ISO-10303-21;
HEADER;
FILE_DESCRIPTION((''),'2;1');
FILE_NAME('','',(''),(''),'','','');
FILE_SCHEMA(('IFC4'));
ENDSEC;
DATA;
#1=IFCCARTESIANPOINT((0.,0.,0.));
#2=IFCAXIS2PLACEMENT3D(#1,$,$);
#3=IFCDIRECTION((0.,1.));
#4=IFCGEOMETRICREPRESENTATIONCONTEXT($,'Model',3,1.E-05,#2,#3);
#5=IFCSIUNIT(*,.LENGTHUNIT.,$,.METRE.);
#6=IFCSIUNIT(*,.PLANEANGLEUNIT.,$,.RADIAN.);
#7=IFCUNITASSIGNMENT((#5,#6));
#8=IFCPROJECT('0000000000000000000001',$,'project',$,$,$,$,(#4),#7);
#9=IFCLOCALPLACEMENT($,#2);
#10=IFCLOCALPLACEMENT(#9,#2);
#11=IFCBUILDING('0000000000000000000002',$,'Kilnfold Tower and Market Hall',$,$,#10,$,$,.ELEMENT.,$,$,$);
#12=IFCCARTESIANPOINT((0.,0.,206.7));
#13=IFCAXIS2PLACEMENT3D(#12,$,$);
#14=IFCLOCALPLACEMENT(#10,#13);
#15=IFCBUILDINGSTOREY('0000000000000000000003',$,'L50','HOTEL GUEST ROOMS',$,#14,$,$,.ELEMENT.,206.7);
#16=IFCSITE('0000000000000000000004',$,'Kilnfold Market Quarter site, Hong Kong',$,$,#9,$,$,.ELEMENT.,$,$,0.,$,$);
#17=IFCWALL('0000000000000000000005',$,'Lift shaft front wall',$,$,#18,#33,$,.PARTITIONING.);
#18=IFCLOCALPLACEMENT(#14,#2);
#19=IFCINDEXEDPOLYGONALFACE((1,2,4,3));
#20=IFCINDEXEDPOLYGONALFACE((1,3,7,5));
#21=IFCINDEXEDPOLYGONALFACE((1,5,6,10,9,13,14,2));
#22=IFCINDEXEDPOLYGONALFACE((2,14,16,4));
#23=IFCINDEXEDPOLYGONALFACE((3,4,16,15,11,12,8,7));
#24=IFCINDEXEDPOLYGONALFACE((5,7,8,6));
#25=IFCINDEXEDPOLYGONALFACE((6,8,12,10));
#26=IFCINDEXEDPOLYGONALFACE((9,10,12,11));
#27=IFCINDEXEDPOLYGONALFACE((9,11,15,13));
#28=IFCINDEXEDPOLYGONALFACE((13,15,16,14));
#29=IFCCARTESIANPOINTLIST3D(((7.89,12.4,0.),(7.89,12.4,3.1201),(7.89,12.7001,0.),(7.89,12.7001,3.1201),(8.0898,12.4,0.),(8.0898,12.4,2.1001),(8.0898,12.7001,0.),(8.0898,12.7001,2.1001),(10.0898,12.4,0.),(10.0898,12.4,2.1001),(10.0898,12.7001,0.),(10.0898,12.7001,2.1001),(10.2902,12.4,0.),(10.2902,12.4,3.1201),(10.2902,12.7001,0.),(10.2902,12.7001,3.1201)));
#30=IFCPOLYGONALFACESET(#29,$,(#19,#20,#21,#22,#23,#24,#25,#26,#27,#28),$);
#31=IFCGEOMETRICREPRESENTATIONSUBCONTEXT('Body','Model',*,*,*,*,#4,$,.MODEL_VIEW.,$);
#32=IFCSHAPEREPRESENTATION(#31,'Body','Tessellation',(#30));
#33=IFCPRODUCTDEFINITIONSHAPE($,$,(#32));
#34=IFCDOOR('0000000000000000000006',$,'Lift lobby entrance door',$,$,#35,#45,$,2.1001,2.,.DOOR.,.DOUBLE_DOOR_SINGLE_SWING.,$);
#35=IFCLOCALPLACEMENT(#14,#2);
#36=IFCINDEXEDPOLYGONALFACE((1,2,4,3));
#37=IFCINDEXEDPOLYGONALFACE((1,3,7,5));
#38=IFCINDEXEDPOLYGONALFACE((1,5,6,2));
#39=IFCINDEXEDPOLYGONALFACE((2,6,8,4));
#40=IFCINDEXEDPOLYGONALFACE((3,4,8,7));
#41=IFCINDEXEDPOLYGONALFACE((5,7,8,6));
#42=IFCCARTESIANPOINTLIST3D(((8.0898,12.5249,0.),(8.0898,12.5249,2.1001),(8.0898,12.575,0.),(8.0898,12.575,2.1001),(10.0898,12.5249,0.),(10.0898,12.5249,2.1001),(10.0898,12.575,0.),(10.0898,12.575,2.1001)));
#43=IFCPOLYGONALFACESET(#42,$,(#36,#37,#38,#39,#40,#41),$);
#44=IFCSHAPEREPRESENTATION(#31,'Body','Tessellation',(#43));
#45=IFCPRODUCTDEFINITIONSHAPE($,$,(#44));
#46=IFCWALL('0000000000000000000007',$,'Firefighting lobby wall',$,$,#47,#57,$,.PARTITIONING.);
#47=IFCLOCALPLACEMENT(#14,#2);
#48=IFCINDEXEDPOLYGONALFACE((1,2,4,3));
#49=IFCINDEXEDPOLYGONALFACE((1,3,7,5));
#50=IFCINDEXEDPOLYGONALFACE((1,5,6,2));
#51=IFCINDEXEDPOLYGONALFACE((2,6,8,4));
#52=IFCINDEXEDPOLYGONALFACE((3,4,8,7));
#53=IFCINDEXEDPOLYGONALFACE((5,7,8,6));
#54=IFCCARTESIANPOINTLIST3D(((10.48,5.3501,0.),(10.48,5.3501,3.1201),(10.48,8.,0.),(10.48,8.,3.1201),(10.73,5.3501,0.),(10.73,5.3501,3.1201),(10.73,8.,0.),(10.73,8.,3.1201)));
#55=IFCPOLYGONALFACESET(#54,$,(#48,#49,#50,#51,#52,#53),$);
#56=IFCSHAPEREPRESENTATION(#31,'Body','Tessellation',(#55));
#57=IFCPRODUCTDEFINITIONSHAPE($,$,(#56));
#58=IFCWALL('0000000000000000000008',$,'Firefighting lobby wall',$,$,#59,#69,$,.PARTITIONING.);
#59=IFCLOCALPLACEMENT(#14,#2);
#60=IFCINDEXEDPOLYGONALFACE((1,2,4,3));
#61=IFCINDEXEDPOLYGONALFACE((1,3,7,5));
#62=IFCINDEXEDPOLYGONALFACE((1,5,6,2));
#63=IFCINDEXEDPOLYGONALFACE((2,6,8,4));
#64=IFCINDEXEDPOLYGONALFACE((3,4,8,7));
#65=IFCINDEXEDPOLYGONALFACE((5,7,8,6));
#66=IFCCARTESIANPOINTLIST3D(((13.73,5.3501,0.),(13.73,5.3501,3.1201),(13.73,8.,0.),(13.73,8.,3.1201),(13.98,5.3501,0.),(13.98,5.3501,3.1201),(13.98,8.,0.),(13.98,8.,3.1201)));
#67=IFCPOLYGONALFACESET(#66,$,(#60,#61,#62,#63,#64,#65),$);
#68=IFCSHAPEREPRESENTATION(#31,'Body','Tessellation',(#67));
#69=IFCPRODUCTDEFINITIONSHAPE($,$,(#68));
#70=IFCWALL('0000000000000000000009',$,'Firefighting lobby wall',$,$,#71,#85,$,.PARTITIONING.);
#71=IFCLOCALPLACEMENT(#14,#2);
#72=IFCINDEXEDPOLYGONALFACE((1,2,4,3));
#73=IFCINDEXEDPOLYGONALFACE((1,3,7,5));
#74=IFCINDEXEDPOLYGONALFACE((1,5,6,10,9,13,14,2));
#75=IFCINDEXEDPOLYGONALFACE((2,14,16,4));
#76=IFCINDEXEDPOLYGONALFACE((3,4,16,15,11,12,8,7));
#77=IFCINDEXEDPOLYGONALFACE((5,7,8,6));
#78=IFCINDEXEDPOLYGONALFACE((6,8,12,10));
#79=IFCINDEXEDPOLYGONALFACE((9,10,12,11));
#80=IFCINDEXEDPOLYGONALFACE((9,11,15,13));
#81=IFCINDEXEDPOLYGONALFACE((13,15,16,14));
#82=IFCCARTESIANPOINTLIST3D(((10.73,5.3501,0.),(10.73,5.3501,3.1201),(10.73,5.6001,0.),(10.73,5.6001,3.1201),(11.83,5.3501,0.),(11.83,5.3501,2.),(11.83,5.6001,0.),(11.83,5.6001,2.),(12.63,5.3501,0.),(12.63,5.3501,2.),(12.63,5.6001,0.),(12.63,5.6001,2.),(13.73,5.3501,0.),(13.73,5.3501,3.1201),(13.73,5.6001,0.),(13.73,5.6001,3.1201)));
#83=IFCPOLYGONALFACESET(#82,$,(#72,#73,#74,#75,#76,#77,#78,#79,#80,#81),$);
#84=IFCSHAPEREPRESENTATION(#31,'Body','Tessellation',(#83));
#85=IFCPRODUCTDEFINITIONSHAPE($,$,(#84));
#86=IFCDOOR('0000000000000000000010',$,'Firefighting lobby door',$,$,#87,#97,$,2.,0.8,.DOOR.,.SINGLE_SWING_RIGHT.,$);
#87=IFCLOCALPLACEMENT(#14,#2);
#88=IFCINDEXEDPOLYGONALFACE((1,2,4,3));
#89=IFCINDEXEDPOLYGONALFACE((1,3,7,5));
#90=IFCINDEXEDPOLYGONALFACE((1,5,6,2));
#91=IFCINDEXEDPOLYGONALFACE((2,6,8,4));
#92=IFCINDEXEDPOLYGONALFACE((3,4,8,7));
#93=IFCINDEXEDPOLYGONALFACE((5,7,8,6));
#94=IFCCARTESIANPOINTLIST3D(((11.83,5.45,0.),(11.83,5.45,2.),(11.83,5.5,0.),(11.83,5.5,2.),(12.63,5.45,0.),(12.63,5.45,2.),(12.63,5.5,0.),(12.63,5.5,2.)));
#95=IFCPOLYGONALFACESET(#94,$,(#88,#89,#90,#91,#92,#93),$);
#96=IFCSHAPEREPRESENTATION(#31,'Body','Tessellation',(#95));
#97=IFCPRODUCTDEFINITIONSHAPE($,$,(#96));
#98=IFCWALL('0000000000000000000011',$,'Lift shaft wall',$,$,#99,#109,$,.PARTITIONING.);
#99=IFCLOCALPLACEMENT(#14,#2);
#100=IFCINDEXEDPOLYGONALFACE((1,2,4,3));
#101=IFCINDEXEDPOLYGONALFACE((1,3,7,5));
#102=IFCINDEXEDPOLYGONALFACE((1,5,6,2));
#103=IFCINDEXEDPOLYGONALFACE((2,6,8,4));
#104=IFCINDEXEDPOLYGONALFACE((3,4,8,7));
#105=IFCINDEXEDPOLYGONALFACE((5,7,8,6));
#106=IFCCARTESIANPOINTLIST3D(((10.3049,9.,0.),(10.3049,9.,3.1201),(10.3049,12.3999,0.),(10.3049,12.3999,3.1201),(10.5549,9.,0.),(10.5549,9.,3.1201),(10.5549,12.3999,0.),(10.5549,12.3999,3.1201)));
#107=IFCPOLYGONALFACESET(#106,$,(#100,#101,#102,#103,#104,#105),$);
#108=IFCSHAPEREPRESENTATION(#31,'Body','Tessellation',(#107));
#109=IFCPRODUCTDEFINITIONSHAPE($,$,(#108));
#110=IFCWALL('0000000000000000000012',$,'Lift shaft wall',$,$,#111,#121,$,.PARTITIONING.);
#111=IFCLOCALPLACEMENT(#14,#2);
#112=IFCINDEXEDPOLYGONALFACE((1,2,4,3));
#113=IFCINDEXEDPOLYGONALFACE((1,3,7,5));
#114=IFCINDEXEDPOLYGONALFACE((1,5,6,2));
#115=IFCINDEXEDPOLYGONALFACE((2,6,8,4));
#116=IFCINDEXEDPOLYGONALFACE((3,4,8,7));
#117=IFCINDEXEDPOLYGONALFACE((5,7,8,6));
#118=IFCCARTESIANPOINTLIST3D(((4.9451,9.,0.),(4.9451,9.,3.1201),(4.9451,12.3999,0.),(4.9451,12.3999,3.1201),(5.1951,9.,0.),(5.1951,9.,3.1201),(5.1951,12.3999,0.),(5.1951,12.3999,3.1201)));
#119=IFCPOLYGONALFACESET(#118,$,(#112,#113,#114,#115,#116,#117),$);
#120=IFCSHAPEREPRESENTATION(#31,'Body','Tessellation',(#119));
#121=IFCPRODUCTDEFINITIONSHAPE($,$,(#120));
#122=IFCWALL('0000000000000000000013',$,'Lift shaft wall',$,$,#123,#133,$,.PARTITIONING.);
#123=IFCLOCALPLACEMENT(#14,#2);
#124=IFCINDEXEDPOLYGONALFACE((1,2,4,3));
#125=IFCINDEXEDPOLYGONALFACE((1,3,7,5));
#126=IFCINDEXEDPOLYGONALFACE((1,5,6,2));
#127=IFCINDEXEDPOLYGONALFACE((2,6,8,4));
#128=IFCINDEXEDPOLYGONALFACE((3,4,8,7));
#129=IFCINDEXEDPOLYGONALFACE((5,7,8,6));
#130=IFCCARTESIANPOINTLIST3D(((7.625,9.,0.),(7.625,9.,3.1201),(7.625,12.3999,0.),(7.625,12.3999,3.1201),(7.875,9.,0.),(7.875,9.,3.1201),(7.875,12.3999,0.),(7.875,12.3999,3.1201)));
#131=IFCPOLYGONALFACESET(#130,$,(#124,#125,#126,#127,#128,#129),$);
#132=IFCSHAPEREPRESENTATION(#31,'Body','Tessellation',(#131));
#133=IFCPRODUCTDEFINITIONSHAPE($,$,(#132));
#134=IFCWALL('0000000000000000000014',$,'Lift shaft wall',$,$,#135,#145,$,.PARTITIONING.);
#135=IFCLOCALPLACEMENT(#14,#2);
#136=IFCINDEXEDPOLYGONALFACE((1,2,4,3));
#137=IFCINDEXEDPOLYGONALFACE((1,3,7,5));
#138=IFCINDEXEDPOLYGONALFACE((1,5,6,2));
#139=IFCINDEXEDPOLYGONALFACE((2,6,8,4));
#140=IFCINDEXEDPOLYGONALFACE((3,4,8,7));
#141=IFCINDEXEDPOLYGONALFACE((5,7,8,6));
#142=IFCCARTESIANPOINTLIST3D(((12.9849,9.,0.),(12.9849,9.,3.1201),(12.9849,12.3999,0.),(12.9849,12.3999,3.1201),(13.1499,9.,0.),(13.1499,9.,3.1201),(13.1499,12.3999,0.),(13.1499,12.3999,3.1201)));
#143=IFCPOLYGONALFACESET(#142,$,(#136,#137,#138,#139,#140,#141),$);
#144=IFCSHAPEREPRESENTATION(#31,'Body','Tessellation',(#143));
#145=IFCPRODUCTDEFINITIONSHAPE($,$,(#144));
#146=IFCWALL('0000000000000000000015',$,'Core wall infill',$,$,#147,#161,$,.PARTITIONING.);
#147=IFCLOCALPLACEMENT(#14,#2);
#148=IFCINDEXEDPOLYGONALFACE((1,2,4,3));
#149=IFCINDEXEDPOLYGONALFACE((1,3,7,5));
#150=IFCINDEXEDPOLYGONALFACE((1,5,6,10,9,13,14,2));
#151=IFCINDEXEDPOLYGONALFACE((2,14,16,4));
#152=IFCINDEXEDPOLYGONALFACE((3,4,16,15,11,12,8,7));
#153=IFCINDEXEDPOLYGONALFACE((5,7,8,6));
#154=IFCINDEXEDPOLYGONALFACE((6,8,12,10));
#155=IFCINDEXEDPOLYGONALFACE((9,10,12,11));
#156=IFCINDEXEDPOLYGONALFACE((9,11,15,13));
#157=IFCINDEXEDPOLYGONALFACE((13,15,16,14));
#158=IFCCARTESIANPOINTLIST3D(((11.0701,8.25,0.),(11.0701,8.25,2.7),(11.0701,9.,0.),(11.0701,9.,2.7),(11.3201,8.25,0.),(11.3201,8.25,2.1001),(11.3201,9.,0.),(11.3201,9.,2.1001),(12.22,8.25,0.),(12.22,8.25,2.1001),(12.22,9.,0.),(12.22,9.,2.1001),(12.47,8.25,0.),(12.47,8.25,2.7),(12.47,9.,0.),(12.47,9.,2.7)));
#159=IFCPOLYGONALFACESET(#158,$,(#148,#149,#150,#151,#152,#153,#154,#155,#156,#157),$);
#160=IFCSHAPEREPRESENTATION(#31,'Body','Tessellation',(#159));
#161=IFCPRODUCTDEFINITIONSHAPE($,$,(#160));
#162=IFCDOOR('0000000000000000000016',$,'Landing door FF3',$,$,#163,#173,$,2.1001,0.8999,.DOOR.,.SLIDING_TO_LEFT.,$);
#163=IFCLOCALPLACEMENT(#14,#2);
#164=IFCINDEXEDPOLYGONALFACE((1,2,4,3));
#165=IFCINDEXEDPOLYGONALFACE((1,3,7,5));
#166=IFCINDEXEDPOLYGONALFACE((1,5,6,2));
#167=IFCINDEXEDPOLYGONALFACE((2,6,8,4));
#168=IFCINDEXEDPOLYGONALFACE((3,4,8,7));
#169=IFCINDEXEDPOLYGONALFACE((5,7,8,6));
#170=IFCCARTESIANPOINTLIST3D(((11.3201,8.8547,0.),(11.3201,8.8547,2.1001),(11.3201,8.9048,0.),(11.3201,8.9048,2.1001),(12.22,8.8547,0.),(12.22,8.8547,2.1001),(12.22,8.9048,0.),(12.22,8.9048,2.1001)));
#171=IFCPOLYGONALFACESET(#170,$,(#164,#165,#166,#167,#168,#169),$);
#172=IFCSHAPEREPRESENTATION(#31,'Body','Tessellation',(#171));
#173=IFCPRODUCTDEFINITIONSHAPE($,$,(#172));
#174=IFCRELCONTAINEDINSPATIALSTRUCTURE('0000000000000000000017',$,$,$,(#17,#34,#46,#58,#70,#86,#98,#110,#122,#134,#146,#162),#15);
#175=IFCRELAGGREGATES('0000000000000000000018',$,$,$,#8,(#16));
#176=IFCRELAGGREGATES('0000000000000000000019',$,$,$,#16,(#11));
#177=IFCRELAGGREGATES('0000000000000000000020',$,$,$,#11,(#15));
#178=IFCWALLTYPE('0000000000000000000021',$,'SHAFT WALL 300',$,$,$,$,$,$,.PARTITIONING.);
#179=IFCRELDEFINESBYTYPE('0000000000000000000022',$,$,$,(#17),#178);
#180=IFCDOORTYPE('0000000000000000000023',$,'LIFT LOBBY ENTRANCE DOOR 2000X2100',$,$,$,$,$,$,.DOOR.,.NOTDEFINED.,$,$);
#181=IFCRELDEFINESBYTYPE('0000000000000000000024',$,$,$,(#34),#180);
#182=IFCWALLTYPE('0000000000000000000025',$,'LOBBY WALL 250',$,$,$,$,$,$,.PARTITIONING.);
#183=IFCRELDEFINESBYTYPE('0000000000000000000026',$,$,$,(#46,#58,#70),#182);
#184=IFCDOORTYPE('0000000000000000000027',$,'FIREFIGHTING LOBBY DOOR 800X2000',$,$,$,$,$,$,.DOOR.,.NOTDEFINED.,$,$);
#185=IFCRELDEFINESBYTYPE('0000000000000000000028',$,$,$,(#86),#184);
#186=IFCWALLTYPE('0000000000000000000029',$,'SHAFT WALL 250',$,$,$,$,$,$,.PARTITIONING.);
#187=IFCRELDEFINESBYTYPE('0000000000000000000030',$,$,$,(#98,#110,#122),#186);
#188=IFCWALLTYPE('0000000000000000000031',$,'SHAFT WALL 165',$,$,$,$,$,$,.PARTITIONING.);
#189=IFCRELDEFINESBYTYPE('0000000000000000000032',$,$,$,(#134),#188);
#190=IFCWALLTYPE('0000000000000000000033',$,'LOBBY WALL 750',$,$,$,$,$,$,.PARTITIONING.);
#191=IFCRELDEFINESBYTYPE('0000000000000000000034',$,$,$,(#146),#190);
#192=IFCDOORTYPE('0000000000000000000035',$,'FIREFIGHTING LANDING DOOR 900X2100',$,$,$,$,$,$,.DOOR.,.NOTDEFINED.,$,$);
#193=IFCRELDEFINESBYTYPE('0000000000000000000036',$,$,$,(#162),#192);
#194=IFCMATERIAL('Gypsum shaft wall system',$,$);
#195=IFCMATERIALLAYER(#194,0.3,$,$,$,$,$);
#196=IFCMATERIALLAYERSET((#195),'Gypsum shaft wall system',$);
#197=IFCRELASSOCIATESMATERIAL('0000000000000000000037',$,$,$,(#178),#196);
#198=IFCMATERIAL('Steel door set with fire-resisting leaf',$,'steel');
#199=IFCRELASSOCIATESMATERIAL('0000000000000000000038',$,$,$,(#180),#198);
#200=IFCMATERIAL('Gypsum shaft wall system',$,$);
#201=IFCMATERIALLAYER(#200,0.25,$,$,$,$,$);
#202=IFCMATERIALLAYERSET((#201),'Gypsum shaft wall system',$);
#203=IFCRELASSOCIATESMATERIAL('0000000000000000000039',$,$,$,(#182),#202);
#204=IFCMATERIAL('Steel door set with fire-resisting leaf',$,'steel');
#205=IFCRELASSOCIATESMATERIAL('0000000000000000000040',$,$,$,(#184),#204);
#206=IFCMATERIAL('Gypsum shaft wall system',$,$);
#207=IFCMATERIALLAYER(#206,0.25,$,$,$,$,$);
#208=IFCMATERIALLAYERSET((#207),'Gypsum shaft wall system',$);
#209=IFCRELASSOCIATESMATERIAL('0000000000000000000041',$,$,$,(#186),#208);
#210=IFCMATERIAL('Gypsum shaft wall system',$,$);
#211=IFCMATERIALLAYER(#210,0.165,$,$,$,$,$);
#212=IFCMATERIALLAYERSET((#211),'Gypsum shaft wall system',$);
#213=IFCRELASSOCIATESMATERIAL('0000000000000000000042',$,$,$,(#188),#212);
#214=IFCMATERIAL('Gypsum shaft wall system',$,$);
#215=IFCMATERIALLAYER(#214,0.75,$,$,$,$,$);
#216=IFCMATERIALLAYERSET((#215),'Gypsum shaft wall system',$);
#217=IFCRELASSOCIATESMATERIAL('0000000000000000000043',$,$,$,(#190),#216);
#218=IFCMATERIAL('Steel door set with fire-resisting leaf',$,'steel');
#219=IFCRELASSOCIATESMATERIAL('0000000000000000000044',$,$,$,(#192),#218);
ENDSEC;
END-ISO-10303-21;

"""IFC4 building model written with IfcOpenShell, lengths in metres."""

from ifc_helpers import new_model, si_unit, direction, frame, frame_2d, origin, place, context, subcontext, project, spatial, rectangle, extrude, source, transform, mapped, material, layer, layer_set, type_object, element, fill, save


model = new_model("IFC4")

# Units and contexts
model_context = context("Model", 3, precision=1e-05, world=origin(), true_north=direction((0.0, 1.0)))
body_context = subcontext(model_context, "Body", "Model", "MODEL_VIEW")
ifc_project = project(units=[si_unit("LENGTHUNIT", "METRE"), si_unit("PLANEANGLEUNIT", "RADIAN")], contexts=[model_context])

# Site, building, storey
site_placement = place(None, origin())
site = spatial("IfcSite", under=ifc_project, at=site_placement, Name="Kilnfold Market Quarter site, Hong Kong", CompositionType="ELEMENT", RefElevation=0.0)
building_placement = place(site_placement, origin())
building = spatial("IfcBuilding", under=site, at=building_placement, Name="Kilnfold Tower and Market Hall", CompositionType="ELEMENT")
storey_placement = place(building_placement, frame((0.0, 0.0, 206.7)))
storey = spatial("IfcBuildingStorey", under=building, at=storey_placement, Name="L50", Description="HOTEL GUEST ROOMS", CompositionType="ELEMENT", Elevation=206.7)

# Wall, opening, door
ifc_material_1 = material(Name="Gypsum shaft wall system")
ifc_layer_1 = layer(ifc_material_1, 0.3)
ifc_layer_set_1 = layer_set([ifc_layer_1], Name="Gypsum shaft wall system")
wall_type_1 = type_object("IfcWallType", Name="SHAFT WALL 300", PredefinedType="PARTITIONING", material=ifc_layer_set_1)
shared_shape_1 = source(origin(), body_context, "Body", "SweptSolid", [
    extrude(rectangle(XDim=2.4001, YDim=0.3, at=frame_2d((1.2002, 0.0))), origin(), (0.0, 0.0, 1.0), 3.1201),
])
wall_1_placement = place(storey_placement, frame((7.8899, 12.55, 0.0), z_axis=(0.0, 0.0, 1.0), x_axis=(1.0, 0.0, 0.0)))
wall_1 = element("IfcWall", 1, at=wall_1_placement, inside=storey, type_object=wall_type_1, Name="Lift shaft front wall", PredefinedType="PARTITIONING", context=body_context, shape_type="MappedRepresentation", body=[
    mapped(shared_shape_1, transform((0.0, 0.0, 0.0))),
])
opening_1_placement = place(wall_1_placement, frame((0.2, 0.0, 0.0)))
opening_1 = element("IfcOpeningElement", 2, at=opening_1_placement, cuts=wall_1, PredefinedType="OPENING", context=body_context, shape_type="SweptSolid", body=[
    extrude(rectangle(XDim=2.0, YDim=2.1001, at=frame_2d((1.0, 1.05))), frame((0.0, 0.1602, 0.0), z_axis=(0.0, -1.0, 0.0), x_axis=(1.0, 0.0, 0.0)), (0.0, 0.0, 1.0), 0.3201),
])
ifc_material_2 = material(Name="Steel door set with fire-resisting leaf", Category="steel")
door_type_1 = type_object("IfcDoorType", Name="LIFT LOBBY ENTRANCE DOOR 2000X2100", OperationType="NOTDEFINED", PredefinedType="DOOR", material=ifc_material_2)
door_1_placement = place(opening_1_placement, origin())
door_1 = element("IfcDoor", 3, at=door_1_placement, inside=storey, type_object=door_type_1, Name="Lift lobby entrance door", OperationType="DOUBLE_DOOR_SINGLE_SWING", OverallHeight=2.1001, OverallWidth=2.0, PredefinedType="DOOR", context=body_context, shape_type="SweptSolid", body=[
    extrude(rectangle(XDim=2.0, YDim=2.1001, at=frame_2d((1.0, 1.05))), frame((0.0, 0.0249, 0.0), z_axis=(0.0, -1.0, 0.0), x_axis=(1.0, 0.0, 0.0)), (0.0, 0.0, 1.0), 0.05),
])
fill(opening_1, door_1)

# Walls
ifc_material_3 = material(Name="Gypsum shaft wall system")
ifc_layer_2 = layer(ifc_material_3, 0.25)
ifc_layer_set_2 = layer_set([ifc_layer_2], Name="Gypsum shaft wall system")
wall_type_2 = type_object("IfcWallType", Name="LOBBY WALL 250", PredefinedType="PARTITIONING", material=ifc_layer_set_2)
shared_shape_2 = source(origin(), body_context, "Body", "SweptSolid", [
    extrude(rectangle(XDim=2.6499, YDim=0.25, at=frame_2d((1.325, 0.0))), origin(), (0.0, 0.0, 1.0), 3.1201),
])
for number, where, z_axis, x_axis, name in (
    (4, (10.605, 5.3501, 0.0), (0.0, 0.0, 1.0), (0.0, 1.0, 0.0), "Firefighting lobby wall"),
    (5, (13.855, 5.3501, 0.0), (0.0, 0.0, 1.0), (0.0, 1.0, 0.0), "Firefighting lobby wall"),
):
    element("IfcWall", number, at=place(storey_placement, frame(where, z_axis=z_axis, x_axis=x_axis)), inside=storey, type_object=wall_type_2, Name=name, PredefinedType="PARTITIONING", context=body_context, shape_type="MappedRepresentation", body=[
        mapped(shared_shape_2, transform((0.0, 0.0, 0.0))),
    ])

# Wall, opening, door
shared_shape_3 = source(origin(), body_context, "Body", "SweptSolid", [
    extrude(rectangle(XDim=3.0, YDim=0.25, at=frame_2d((1.5, 0.0))), origin(), (0.0, 0.0, 1.0), 3.1201),
])
wall_2_placement = place(storey_placement, frame((10.73, 5.4751, 0.0), z_axis=(0.0, 0.0, 1.0), x_axis=(1.0, 0.0, 0.0)))
wall_2 = element("IfcWall", 6, at=wall_2_placement, inside=storey, type_object=wall_type_2, Name="Firefighting lobby wall", PredefinedType="PARTITIONING", context=body_context, shape_type="MappedRepresentation", body=[
    mapped(shared_shape_3, transform((0.0, 0.0, 0.0))),
])
opening_2_placement = place(wall_2_placement, frame((1.1001, 0.0, 0.0)))
opening_2 = element("IfcOpeningElement", 7, at=opening_2_placement, cuts=wall_2, PredefinedType="OPENING", context=body_context, shape_type="SweptSolid", body=[
    extrude(rectangle(XDim=0.8, YDim=2.0, at=frame_2d((0.3999, 1.0))), frame((0.0, 0.135, 0.0), z_axis=(0.0, -1.0, 0.0), x_axis=(1.0, 0.0, 0.0)), (0.0, 0.0, 1.0), 0.27),
])
ifc_material_4 = material(Name="Steel door set with fire-resisting leaf", Category="steel")
door_type_2 = type_object("IfcDoorType", Name="FIREFIGHTING LOBBY DOOR 800X2000", OperationType="NOTDEFINED", PredefinedType="DOOR", material=ifc_material_4)
door_2_placement = place(opening_2_placement, origin())
door_2 = element("IfcDoor", 8, at=door_2_placement, inside=storey, type_object=door_type_2, Name="Firefighting lobby door", OperationType="SINGLE_SWING_RIGHT", OverallHeight=2.0, OverallWidth=0.8, PredefinedType="DOOR", context=body_context, shape_type="SweptSolid", body=[
    extrude(rectangle(XDim=0.8, YDim=2.0, at=frame_2d((0.3999, 1.0))), frame((0.0, 0.0249, 0.0), z_axis=(0.0, -1.0, 0.0), x_axis=(1.0, 0.0, 0.0)), (0.0, 0.0, 1.0), 0.05),
])
fill(opening_2, door_2)

# Walls
ifc_material_5 = material(Name="Gypsum shaft wall system")
ifc_layer_3 = layer(ifc_material_5, 0.25)
ifc_layer_set_3 = layer_set([ifc_layer_3], Name="Gypsum shaft wall system")
wall_type_3 = type_object("IfcWallType", Name="SHAFT WALL 250", PredefinedType="PARTITIONING", material=ifc_layer_set_3)
shared_shape_4 = source(origin(), body_context, "Body", "SweptSolid", [
    extrude(rectangle(XDim=3.3999, YDim=0.25, at=frame_2d((1.7, 0.0))), origin(), (0.0, 0.0, 1.0), 3.1201),
])
for number, where, z_axis, x_axis, name in (
    (9, (10.4299, 9.0, 0.0), (0.0, 0.0, 1.0), (0.0, 1.0, 0.0), "Lift shaft wall"),
    (10, (5.0701, 9.0, 0.0), (0.0, 0.0, 1.0), (0.0, 1.0, 0.0), "Lift shaft wall"),
    (11, (7.75, 9.0, 0.0), (0.0, 0.0, 1.0), (0.0, 1.0, 0.0), "Lift shaft wall"),
):
    element("IfcWall", number, at=place(storey_placement, frame(where, z_axis=z_axis, x_axis=x_axis)), inside=storey, type_object=wall_type_3, Name=name, PredefinedType="PARTITIONING", context=body_context, shape_type="MappedRepresentation", body=[
        mapped(shared_shape_4, transform((0.0, 0.0, 0.0))),
    ])
ifc_material_6 = material(Name="Gypsum shaft wall system")
ifc_layer_4 = layer(ifc_material_6, 0.165)
ifc_layer_set_4 = layer_set([ifc_layer_4], Name="Gypsum shaft wall system")
wall_type_4 = type_object("IfcWallType", Name="SHAFT WALL 165", PredefinedType="PARTITIONING", material=ifc_layer_set_4)
shared_shape_5 = source(origin(), body_context, "Body", "SweptSolid", [
    extrude(rectangle(XDim=3.3999, YDim=0.165, at=frame_2d((1.7, 0.0))), origin(), (0.0, 0.0, 1.0), 3.1201),
])
wall_3_placement = place(storey_placement, frame((13.0674, 9.0, 0.0), z_axis=(0.0, 0.0, 1.0), x_axis=(0.0, 1.0, 0.0)))
element("IfcWall", 12, at=wall_3_placement, inside=storey, type_object=wall_type_4, Name="Lift shaft wall", PredefinedType="PARTITIONING", context=body_context, shape_type="MappedRepresentation", body=[
    mapped(shared_shape_5, transform((0.0, 0.0, 0.0))),
])

# Wall, opening, door
ifc_material_7 = material(Name="Gypsum shaft wall system")
ifc_layer_5 = layer(ifc_material_7, 0.75)
ifc_layer_set_5 = layer_set([ifc_layer_5], Name="Gypsum shaft wall system")
wall_type_5 = type_object("IfcWallType", Name="LOBBY WALL 750", PredefinedType="PARTITIONING", material=ifc_layer_set_5)
shared_shape_6 = source(origin(), body_context, "Body", "SweptSolid", [
    extrude(rectangle(XDim=1.3999, YDim=0.75, at=frame_2d((0.7, 0.0))), origin(), (0.0, 0.0, 1.0), 2.7),
])
wall_4_placement = place(storey_placement, frame((11.0701, 8.625, 0.0), z_axis=(0.0, 0.0, 1.0), x_axis=(1.0, 0.0, 0.0)))
wall_4 = element("IfcWall", 13, at=wall_4_placement, inside=storey, type_object=wall_type_5, Name="Core wall infill", PredefinedType="PARTITIONING", context=body_context, shape_type="MappedRepresentation", body=[
    mapped(shared_shape_6, transform((0.0, 0.0, 0.0))),
])
opening_3_placement = place(wall_4_placement, frame((0.25, 0.0, 0.0)))
opening_3 = element("IfcOpeningElement", 14, at=opening_3_placement, cuts=wall_4, PredefinedType="OPENING", context=body_context, shape_type="SweptSolid", body=[
    extrude(rectangle(XDim=0.8999, YDim=2.1001, at=frame_2d((0.45, 1.05))), frame((0.0, 0.385, 0.0), z_axis=(0.0, -1.0, 0.0), x_axis=(1.0, 0.0, 0.0)), (0.0, 0.0, 1.0), 0.77),
])
ifc_material_8 = material(Name="Steel door set with fire-resisting leaf", Category="steel")
door_type_3 = type_object("IfcDoorType", Name="FIREFIGHTING LANDING DOOR 900X2100", OperationType="NOTDEFINED", PredefinedType="DOOR", material=ifc_material_8)
door_3_placement = place(opening_3_placement, origin())
door_3 = element("IfcDoor", 15, at=door_3_placement, inside=storey, type_object=door_type_3, Name="Landing door FF3", OperationType="SLIDING_TO_LEFT", OverallHeight=2.1001, OverallWidth=0.8999, PredefinedType="DOOR", context=body_context, shape_type="SweptSolid", body=[
    extrude(rectangle(XDim=0.8999, YDim=2.1001, at=frame_2d((0.45, 1.05))), frame((0.0, 0.2798, 0.0), z_axis=(0.0, -1.0, 0.0), x_axis=(1.0, 0.0, 0.0)), (0.0, 0.0, 1.0), 0.05),
])
fill(opening_3, door_3)

save(model, "model.ifc")
